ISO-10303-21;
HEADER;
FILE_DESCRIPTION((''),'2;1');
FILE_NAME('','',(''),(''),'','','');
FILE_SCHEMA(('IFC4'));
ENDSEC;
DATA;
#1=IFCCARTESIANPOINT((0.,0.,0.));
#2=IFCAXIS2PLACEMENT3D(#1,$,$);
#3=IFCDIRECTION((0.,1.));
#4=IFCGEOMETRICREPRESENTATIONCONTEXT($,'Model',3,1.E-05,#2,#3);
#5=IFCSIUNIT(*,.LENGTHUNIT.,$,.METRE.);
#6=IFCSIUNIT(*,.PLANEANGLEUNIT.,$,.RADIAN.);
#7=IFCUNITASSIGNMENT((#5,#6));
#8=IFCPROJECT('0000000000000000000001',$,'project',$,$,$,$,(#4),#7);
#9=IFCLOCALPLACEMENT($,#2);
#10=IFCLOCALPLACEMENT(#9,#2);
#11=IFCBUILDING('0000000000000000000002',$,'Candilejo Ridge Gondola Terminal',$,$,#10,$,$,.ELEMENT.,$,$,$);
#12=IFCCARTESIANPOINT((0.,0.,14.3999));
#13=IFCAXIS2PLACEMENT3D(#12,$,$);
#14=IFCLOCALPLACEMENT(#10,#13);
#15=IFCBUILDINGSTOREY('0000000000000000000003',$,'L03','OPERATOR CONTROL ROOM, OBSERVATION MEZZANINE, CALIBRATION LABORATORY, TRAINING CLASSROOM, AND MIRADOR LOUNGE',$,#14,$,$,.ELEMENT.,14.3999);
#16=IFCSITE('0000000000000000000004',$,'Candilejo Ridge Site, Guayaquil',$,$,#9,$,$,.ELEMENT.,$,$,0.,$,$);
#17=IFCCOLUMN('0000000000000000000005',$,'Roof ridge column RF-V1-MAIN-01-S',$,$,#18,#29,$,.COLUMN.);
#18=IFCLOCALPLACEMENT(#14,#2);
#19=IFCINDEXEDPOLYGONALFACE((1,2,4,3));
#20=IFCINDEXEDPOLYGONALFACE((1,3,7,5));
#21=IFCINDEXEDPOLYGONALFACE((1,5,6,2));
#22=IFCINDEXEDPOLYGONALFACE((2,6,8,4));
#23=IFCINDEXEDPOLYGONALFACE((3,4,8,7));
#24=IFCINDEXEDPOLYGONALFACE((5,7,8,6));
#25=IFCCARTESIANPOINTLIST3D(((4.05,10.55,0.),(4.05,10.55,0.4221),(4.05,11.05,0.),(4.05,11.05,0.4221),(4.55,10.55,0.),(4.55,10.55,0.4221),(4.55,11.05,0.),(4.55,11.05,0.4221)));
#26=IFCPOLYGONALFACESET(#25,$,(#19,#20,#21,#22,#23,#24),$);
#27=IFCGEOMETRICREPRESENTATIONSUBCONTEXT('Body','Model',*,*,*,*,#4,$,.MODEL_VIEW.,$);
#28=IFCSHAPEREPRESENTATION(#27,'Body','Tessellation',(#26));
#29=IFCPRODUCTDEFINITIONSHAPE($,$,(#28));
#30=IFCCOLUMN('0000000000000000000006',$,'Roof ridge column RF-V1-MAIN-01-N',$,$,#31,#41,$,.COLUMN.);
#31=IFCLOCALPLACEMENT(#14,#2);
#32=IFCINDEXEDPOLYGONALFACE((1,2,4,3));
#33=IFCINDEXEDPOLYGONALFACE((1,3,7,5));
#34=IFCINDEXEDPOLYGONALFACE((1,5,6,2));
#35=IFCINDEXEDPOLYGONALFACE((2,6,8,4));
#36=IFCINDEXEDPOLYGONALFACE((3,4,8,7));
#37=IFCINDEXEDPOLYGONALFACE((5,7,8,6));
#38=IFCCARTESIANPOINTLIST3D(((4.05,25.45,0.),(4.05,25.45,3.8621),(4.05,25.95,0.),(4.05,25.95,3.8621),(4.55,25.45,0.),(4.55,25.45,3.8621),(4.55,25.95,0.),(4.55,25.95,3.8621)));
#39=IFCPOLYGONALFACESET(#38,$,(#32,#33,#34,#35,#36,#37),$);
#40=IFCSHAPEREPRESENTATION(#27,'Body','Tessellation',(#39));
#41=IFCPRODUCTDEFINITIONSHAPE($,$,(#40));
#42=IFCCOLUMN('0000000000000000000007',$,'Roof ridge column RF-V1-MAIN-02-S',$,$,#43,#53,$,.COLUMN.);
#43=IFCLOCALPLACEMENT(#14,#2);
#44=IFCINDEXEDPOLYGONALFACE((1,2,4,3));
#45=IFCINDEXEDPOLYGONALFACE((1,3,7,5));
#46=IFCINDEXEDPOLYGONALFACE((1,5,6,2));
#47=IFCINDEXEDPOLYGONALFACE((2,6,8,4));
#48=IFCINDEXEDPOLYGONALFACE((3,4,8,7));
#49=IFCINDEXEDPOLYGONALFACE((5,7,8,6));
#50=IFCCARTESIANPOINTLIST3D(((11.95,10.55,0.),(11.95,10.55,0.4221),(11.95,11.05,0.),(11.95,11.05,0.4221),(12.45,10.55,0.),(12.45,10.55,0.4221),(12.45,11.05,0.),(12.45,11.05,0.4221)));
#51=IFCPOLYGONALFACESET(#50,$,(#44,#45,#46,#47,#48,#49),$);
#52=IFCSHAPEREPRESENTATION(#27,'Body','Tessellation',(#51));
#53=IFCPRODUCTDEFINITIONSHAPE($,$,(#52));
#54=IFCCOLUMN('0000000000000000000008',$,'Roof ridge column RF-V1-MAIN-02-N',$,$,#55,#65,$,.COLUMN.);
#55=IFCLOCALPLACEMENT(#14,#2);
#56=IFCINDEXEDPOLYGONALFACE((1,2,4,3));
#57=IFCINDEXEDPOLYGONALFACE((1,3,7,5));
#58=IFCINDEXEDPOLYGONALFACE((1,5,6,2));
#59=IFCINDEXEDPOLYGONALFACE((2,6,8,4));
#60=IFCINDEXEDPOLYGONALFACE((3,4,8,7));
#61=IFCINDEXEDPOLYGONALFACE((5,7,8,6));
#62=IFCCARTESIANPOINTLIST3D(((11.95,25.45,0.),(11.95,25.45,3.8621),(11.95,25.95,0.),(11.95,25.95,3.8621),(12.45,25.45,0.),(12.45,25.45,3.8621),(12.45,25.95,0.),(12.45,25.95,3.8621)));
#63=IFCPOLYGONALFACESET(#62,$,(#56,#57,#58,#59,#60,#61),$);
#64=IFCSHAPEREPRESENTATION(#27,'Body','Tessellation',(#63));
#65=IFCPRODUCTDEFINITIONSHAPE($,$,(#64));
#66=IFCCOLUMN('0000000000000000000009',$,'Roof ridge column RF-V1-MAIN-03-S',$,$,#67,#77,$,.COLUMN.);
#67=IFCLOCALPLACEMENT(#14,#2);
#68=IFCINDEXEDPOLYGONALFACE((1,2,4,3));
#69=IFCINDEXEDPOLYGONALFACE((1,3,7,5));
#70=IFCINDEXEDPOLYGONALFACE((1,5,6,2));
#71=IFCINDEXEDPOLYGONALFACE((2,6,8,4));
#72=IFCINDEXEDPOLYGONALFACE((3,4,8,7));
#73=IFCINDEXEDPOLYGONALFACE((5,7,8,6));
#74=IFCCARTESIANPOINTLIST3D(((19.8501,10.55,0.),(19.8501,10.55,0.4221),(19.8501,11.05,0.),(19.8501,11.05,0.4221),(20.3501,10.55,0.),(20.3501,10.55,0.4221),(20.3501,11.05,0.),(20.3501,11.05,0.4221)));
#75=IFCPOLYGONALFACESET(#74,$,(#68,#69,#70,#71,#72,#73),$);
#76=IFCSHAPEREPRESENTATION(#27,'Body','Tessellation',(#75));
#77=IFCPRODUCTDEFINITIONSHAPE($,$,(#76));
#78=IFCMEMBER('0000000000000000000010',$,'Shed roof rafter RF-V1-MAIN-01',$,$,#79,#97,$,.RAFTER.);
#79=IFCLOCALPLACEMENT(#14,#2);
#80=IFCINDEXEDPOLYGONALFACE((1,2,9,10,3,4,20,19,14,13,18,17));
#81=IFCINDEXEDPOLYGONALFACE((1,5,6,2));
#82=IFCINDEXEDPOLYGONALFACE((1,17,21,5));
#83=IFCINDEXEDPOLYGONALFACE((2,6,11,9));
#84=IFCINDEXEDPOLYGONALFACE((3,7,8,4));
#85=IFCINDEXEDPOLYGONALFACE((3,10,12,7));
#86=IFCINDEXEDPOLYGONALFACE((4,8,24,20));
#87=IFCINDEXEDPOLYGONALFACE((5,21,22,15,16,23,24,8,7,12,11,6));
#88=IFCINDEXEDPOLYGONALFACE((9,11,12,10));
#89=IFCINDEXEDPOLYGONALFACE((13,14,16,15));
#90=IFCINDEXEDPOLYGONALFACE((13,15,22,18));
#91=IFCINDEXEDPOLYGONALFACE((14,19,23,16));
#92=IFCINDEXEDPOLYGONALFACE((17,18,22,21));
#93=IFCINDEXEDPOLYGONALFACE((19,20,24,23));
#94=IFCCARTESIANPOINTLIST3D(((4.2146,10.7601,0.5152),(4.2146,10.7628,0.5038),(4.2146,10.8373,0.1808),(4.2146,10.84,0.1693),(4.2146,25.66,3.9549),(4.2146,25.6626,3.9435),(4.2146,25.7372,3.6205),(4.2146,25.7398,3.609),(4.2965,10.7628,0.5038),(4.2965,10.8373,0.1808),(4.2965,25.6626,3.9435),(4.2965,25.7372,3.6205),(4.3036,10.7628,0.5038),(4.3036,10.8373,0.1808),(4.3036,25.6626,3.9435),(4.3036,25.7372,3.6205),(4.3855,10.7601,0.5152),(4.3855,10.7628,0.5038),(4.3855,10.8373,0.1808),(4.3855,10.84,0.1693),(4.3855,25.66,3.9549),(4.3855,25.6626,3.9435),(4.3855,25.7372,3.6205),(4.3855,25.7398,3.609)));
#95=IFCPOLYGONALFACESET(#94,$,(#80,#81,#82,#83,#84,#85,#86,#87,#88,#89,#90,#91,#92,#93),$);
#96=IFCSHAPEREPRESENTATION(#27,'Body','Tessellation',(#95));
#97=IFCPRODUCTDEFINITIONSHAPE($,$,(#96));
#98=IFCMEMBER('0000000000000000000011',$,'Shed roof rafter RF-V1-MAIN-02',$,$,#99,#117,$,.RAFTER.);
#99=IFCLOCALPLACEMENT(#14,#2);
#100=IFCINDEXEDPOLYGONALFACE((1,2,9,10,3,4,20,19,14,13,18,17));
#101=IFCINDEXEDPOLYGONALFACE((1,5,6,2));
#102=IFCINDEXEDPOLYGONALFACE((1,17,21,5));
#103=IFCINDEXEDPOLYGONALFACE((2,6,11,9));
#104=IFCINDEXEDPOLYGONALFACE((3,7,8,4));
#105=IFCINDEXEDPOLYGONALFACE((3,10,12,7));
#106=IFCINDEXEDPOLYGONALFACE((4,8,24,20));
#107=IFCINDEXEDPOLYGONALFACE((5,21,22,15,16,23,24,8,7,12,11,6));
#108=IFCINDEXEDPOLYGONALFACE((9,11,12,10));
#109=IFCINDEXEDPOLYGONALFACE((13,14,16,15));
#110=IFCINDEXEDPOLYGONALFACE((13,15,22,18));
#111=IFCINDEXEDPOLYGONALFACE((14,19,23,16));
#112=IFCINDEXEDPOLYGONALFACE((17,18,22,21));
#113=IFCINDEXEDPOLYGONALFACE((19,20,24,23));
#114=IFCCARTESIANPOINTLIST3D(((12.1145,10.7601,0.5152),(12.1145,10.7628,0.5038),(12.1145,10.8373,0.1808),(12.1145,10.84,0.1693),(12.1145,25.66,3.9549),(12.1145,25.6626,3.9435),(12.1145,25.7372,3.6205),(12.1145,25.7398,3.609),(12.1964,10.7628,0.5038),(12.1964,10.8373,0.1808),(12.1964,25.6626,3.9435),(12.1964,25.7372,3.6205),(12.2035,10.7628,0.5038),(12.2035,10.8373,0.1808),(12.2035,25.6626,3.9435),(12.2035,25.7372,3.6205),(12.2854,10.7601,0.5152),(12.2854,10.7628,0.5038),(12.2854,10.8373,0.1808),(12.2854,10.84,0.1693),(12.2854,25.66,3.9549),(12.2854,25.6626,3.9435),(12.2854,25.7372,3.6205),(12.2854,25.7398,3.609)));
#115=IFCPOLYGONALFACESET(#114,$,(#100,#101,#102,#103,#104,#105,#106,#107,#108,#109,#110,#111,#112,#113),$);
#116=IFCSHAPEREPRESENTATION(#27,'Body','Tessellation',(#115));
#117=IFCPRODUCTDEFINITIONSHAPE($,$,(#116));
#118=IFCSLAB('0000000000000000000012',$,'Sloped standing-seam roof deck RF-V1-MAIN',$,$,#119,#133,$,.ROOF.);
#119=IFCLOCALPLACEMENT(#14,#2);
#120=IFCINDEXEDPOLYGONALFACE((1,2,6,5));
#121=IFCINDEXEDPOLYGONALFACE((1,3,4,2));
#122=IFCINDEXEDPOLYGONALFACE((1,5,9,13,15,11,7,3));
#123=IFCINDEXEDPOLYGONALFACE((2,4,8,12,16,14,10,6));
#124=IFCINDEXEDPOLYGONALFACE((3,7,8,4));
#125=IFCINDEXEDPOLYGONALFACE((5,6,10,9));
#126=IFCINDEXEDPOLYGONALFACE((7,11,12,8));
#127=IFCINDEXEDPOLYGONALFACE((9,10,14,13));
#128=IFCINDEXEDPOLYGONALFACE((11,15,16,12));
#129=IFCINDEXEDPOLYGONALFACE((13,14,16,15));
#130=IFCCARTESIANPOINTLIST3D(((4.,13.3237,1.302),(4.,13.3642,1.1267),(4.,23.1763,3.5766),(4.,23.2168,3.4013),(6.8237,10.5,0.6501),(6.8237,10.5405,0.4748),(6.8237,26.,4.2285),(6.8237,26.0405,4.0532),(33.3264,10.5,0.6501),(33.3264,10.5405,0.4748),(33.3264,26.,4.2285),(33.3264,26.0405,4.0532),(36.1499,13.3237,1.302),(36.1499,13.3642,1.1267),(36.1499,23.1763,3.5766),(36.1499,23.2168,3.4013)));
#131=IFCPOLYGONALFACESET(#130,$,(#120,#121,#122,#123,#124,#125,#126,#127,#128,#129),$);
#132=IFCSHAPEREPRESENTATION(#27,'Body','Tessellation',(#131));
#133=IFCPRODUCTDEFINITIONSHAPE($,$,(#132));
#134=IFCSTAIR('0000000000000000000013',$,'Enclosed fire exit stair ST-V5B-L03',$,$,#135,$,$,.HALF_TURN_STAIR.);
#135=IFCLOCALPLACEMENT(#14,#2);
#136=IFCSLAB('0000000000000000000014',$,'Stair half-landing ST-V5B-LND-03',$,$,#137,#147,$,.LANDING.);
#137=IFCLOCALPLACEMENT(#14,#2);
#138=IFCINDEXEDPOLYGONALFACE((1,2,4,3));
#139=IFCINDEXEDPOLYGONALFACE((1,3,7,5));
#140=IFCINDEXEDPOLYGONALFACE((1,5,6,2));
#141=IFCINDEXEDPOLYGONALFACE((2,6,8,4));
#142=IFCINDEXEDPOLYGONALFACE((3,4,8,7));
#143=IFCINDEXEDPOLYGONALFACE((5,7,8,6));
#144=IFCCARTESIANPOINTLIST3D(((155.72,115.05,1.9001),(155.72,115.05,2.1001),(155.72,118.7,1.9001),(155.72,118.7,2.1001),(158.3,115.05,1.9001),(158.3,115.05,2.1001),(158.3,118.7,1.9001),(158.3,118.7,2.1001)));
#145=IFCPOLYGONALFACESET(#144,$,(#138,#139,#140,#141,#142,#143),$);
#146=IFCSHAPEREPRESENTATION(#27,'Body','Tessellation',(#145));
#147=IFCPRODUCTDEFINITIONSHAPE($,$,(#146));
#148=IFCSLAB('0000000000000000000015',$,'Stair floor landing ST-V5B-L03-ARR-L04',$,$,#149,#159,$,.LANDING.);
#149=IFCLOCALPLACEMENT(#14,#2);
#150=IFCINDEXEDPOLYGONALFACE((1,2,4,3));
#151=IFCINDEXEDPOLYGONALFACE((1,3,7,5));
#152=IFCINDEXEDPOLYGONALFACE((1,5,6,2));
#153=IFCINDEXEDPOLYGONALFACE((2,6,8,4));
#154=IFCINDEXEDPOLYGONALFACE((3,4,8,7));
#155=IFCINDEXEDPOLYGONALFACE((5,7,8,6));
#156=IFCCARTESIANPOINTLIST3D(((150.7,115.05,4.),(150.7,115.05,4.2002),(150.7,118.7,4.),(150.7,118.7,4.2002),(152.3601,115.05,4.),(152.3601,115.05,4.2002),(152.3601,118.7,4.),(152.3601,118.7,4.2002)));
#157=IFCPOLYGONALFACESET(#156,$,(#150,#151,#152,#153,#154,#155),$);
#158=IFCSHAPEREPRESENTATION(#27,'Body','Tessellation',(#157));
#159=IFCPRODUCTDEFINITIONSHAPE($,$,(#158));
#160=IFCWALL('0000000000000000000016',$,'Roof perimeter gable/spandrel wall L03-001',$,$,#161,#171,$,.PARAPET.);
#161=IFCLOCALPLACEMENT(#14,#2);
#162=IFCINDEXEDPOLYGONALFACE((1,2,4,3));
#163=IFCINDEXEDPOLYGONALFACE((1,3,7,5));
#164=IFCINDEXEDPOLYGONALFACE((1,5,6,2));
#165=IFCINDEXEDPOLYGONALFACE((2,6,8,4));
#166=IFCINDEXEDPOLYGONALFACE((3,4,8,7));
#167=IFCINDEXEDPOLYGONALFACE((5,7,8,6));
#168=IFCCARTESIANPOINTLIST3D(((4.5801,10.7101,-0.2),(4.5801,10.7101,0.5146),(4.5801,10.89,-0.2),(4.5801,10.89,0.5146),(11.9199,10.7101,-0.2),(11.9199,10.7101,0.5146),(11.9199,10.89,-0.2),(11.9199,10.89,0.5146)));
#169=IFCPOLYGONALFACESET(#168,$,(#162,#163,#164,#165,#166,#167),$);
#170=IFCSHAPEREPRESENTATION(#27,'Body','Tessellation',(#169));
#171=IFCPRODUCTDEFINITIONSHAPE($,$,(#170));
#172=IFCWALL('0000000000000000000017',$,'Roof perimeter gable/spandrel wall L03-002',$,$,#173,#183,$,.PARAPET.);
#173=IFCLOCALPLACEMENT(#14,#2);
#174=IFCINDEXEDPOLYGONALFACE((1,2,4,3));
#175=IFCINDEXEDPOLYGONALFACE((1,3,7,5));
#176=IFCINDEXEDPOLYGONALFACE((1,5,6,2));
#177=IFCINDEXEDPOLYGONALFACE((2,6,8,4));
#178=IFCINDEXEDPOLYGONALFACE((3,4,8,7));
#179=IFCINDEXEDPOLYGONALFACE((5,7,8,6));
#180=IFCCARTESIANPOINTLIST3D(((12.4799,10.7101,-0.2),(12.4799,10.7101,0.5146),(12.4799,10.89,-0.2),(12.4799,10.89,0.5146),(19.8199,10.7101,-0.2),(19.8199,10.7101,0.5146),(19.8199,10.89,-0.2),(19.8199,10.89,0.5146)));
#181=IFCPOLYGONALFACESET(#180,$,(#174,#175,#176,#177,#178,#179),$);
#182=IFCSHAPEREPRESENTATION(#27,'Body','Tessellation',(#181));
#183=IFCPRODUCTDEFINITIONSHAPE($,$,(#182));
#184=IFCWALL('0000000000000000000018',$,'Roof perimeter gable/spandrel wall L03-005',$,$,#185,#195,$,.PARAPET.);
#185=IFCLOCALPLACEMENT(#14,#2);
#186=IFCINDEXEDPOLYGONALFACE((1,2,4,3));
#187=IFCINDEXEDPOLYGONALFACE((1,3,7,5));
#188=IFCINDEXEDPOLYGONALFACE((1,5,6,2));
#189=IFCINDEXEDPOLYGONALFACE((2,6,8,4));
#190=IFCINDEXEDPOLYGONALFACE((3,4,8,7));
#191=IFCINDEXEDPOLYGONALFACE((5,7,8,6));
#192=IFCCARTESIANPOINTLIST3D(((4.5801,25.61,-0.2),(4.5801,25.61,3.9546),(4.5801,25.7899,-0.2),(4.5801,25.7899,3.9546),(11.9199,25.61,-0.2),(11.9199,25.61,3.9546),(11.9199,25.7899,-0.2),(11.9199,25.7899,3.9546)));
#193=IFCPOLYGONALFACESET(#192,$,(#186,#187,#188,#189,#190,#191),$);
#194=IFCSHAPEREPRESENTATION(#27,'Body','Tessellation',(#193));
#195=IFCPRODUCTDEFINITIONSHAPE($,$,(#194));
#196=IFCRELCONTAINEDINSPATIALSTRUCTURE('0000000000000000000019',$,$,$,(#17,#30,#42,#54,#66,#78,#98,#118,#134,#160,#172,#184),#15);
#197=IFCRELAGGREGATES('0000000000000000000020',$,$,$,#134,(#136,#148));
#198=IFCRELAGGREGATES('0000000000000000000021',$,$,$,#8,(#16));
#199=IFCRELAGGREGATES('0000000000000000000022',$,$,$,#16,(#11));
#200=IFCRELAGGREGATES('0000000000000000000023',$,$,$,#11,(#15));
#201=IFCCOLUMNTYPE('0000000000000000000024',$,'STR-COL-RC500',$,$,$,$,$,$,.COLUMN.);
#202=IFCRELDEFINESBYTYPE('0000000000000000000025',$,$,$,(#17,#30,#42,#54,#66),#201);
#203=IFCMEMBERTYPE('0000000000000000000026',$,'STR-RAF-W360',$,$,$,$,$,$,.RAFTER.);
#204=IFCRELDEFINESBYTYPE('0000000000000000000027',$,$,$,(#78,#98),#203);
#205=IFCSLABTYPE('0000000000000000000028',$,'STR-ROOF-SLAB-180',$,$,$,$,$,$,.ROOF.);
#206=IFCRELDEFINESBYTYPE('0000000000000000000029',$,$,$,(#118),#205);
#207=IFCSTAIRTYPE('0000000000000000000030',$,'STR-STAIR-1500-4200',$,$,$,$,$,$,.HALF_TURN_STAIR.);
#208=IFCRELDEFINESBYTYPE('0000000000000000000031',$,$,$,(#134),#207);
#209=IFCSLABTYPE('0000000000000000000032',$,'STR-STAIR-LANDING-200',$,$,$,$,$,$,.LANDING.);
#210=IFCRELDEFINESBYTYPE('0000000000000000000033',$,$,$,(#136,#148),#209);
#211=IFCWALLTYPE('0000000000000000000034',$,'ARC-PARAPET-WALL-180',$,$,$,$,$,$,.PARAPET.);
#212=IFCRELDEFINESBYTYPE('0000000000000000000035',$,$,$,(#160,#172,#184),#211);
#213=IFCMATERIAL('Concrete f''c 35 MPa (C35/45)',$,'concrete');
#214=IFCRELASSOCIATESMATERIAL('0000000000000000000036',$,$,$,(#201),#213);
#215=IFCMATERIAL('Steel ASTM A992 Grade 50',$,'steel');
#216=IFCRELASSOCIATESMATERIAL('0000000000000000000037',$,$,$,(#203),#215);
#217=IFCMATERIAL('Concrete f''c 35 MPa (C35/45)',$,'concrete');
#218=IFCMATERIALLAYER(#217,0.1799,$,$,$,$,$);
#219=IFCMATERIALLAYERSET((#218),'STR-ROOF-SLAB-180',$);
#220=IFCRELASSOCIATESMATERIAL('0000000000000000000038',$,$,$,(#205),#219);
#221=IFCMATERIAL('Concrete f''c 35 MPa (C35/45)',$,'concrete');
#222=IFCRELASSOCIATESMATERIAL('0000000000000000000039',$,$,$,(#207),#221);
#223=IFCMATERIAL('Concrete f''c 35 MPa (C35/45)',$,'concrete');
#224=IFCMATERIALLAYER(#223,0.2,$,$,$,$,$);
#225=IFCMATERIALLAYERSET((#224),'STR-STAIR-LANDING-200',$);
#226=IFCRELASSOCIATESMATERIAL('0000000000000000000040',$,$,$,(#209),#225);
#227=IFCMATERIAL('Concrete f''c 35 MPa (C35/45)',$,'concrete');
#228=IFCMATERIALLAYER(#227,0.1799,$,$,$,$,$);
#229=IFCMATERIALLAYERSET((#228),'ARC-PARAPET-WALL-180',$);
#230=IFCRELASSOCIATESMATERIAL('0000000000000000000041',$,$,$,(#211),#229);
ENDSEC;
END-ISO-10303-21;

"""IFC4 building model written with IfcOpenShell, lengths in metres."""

from ifc_helpers import new_model, si_unit, direction, frame, frame_2d, origin, origin_2d, place, context, subcontext, project, spatial, polyline, rectangle, i_section, outline, extrude, material, layer, layer_set, material_profile, profile_set, type_object, element, aggregate, save


model = new_model("IFC4")

# Units and contexts
model_context = context("Model", 3, precision=1e-05, world=origin(), true_north=direction((0.0, 1.0)))
body_context = subcontext(model_context, "Body", "Model", "MODEL_VIEW")
ifc_project = project(units=[si_unit("LENGTHUNIT", "METRE"), si_unit("PLANEANGLEUNIT", "RADIAN")], contexts=[model_context])

# Site, building, storey
site_placement = place(None, origin())
site = spatial("IfcSite", under=ifc_project, at=site_placement, Name="Candilejo Ridge Site, Guayaquil", CompositionType="ELEMENT", RefElevation=0.0)
building_placement = place(site_placement, origin())
building = spatial("IfcBuilding", under=site, at=building_placement, Name="Candilejo Ridge Gondola Terminal", CompositionType="ELEMENT")
storey_placement = place(building_placement, frame((0.0, 0.0, 14.3999)))
storey = spatial("IfcBuildingStorey", under=building, at=storey_placement, Name="L03", Description="OPERATOR CONTROL ROOM, OBSERVATION MEZZANINE, CALIBRATION LABORATORY, TRAINING CLASSROOM, AND MIRADOR LOUNGE", CompositionType="ELEMENT", Elevation=14.3999)

# Columns
ifc_material_1 = material(Name="Concrete f'c 35 MPa (C35/45)", Category="concrete")
ifc_material_profile_1 = material_profile(ifc_material_1, rectangle(XDim=0.5, YDim=0.5, at=origin_2d()))
ifc_profile_set_1 = profile_set([ifc_material_profile_1], Name="Concrete f'c 35 MPa (C35/45)")
column_type = type_object("IfcColumnType", Name="STR-COL-RC500", PredefinedType="COLUMN", material=ifc_profile_set_1)
column_1_placement = place(storey_placement, frame((4.3, 10.8, 0.0), z_axis=(0.0, 0.0, 1.0), x_axis=(1.0, 0.0, 0.0)))
element("IfcColumn", 1, at=column_1_placement, inside=storey, type_object=column_type, Name="Roof ridge column RF-V1-MAIN-01-S", PredefinedType="COLUMN", context=body_context, shape_type="SweptSolid", body=[
    extrude(rectangle(XDim=0.5, YDim=0.5, at=origin_2d()), origin(), (0.0, 0.0, 1.0), 0.4221),
])
column_2_placement = place(storey_placement, frame((4.3, 25.7, 0.0), z_axis=(0.0, 0.0, 1.0), x_axis=(1.0, 0.0, 0.0)))
element("IfcColumn", 2, at=column_2_placement, inside=storey, type_object=column_type, Name="Roof ridge column RF-V1-MAIN-01-N", PredefinedType="COLUMN", context=body_context, shape_type="SweptSolid", body=[
    extrude(rectangle(XDim=0.5, YDim=0.5, at=origin_2d()), origin(), (0.0, 0.0, 1.0), 3.8621),
])
column_3_placement = place(storey_placement, frame((12.2, 10.8, 0.0), z_axis=(0.0, 0.0, 1.0), x_axis=(1.0, 0.0, 0.0)))
element("IfcColumn", 3, at=column_3_placement, inside=storey, type_object=column_type, Name="Roof ridge column RF-V1-MAIN-02-S", PredefinedType="COLUMN", context=body_context, shape_type="SweptSolid", body=[
    extrude(rectangle(XDim=0.5, YDim=0.5, at=origin_2d()), origin(), (0.0, 0.0, 1.0), 0.4221),
])
column_4_placement = place(storey_placement, frame((12.2, 25.7, 0.0), z_axis=(0.0, 0.0, 1.0), x_axis=(1.0, 0.0, 0.0)))
element("IfcColumn", 4, at=column_4_placement, inside=storey, type_object=column_type, Name="Roof ridge column RF-V1-MAIN-02-N", PredefinedType="COLUMN", context=body_context, shape_type="SweptSolid", body=[
    extrude(rectangle(XDim=0.5, YDim=0.5, at=origin_2d()), origin(), (0.0, 0.0, 1.0), 3.8621),
])
column_5_placement = place(storey_placement, frame((20.1001, 10.8, 0.0), z_axis=(0.0, 0.0, 1.0), x_axis=(1.0, 0.0, 0.0)))
element("IfcColumn", 5, at=column_5_placement, inside=storey, type_object=column_type, Name="Roof ridge column RF-V1-MAIN-03-S", PredefinedType="COLUMN", context=body_context, shape_type="SweptSolid", body=[
    extrude(rectangle(XDim=0.5, YDim=0.5, at=origin_2d()), origin(), (0.0, 0.0, 1.0), 0.4221),
])

# Members
ifc_material_2 = material(Name="Steel ASTM A992 Grade 50", Category="steel")
ifc_material_profile_2 = material_profile(ifc_material_2, i_section(OverallWidth=0.1709, OverallDepth=0.355, WebThickness=0.0071, FlangeThickness=0.0117, at=origin_2d()))
ifc_profile_set_2 = profile_set([ifc_material_profile_2], Name="Steel ASTM A992 Grade 50")
member_type = type_object("IfcMemberType", Name="STR-RAF-W360", PredefinedType="RAFTER", material=ifc_profile_set_2)
for number, where, z_axis, x_axis, name in (
    (6, (4.3, 10.8, 0.3423), (0.0, 0.974373, 0.224938), (-1.0, 0.0, 0.0), "Shed roof rafter RF-V1-MAIN-01"),
    (7, (12.2, 10.8, 0.3423), (0.0, 0.974373, 0.224938), (-1.0, 0.0, 0.0), "Shed roof rafter RF-V1-MAIN-02"),
):
    element("IfcMember", number, at=place(storey_placement, frame(where, z_axis=z_axis, x_axis=x_axis)), inside=storey, type_object=member_type, Name=name, PredefinedType="RAFTER", context=body_context, shape_type="SweptSolid", body=[
        extrude(i_section(OverallWidth=0.1709, OverallDepth=0.355, WebThickness=0.0071, FlangeThickness=0.0117, at=origin_2d()), origin(), (0.0, 0.0, 1.0), 15.2917),
    ])

# Slab
ifc_material_3 = material(Name="Concrete f'c 35 MPa (C35/45)", Category="concrete")
ifc_layer_1 = layer(ifc_material_3, 0.1799)
ifc_layer_set_1 = layer_set([ifc_layer_1], Name="STR-ROOF-SLAB-180")
slab_type_1 = type_object("IfcSlabType", Name="STR-ROOF-SLAB-180", PredefinedType="ROOF", material=ifc_layer_set_1)
slab_1_placement = place(storey_placement, frame((6.8237, 10.5, 0.6501), z_axis=(0.0, -0.224946, 0.974371), x_axis=(1.0, 0.0, 0.0)))
element("IfcSlab", 8, at=slab_1_placement, inside=storey, type_object=slab_type_1, Name="Sloped standing-seam roof deck RF-V1-MAIN", PredefinedType="ROOF", context=body_context, shape_type="SweptSolid", body=[
    extrude(outline(polyline([(0.0, 0.0), (26.5027, 0.0), (29.3262, 2.898), (29.3262, 13.0097), (26.5027, 15.9077), (0.0, 15.9077), (-2.8237, 13.0097), (-2.8237, 2.898), (0.0, 0.0)])), origin(), (0.0, 0.0, -1.0), 0.1799),
])

# Stair, slabs
ifc_material_4 = material(Name="Concrete f'c 35 MPa (C35/45)", Category="concrete")
stair_type = type_object("IfcStairType", Name="STR-STAIR-1500-4200", PredefinedType="HALF_TURN_STAIR", material=ifc_material_4)
stair_placement = place(storey_placement, origin())
stair = element("IfcStair", 9, at=stair_placement, inside=storey, type_object=stair_type, Name="Enclosed fire exit stair ST-V5B-L03", PredefinedType="HALF_TURN_STAIR")
ifc_material_5 = material(Name="Concrete f'c 35 MPa (C35/45)", Category="concrete")
ifc_layer_2 = layer(ifc_material_5, 0.2)
ifc_layer_set_2 = layer_set([ifc_layer_2], Name="STR-STAIR-LANDING-200")
slab_type_2 = type_object("IfcSlabType", Name="STR-STAIR-LANDING-200", PredefinedType="LANDING", material=ifc_layer_set_2)
slab_2_placement = place(storey_placement, frame((0.0, 0.0, 1.9001)))
slab_2 = element("IfcSlab", 10, at=slab_2_placement, type_object=slab_type_2, Name="Stair half-landing ST-V5B-LND-03", PredefinedType="LANDING", context=body_context, shape_type="SweptSolid", body=[
    extrude(outline(polyline([(155.72, 115.05), (158.3, 115.05), (158.3, 118.7), (155.72, 118.7), (155.72, 115.05)])), origin(), (0.0, 0.0, 1.0), 0.2),
])
slab_3_placement = place(storey_placement, frame((0.0, 0.0, 4.0)))
slab_3 = element("IfcSlab", 11, at=slab_3_placement, type_object=slab_type_2, Name="Stair floor landing ST-V5B-L03-ARR-L04", PredefinedType="LANDING", context=body_context, shape_type="SweptSolid", body=[
    extrude(outline(polyline([(150.7, 115.05), (152.3601, 115.05), (152.3601, 118.7), (150.7, 118.7), (150.7, 115.05)])), origin(), (0.0, 0.0, 1.0), 0.2002),
])
aggregate(stair, [slab_2, slab_3])

# Walls
ifc_material_6 = material(Name="Concrete f'c 35 MPa (C35/45)", Category="concrete")
ifc_layer_3 = layer(ifc_material_6, 0.1799)
ifc_layer_set_3 = layer_set([ifc_layer_3], Name="ARC-PARAPET-WALL-180")
wall_type = type_object("IfcWallType", Name="ARC-PARAPET-WALL-180", PredefinedType="PARAPET", material=ifc_layer_set_3)
wall_1_placement = place(storey_placement, frame((4.5801, 10.8, -0.2), z_axis=(0.0, 0.0, 1.0), x_axis=(1.0, 0.0, 0.0)))
element("IfcWall", 12, at=wall_1_placement, inside=storey, type_object=wall_type, Name="Roof perimeter gable/spandrel wall L03-001", PredefinedType="PARAPET", context=body_context, shape_type="SweptSolid", body=[
    extrude(rectangle(XDim=7.3398, YDim=0.1799, at=frame_2d((3.6699, 0.0))), origin(), (0.0, 0.0, 1.0), 0.7146),
])
wall_2_placement = place(storey_placement, frame((12.48, 10.8, -0.2), z_axis=(0.0, 0.0, 1.0), x_axis=(1.0, 0.0, 0.0)))
element("IfcWall", 13, at=wall_2_placement, inside=storey, type_object=wall_type, Name="Roof perimeter gable/spandrel wall L03-002", PredefinedType="PARAPET", context=body_context, shape_type="SweptSolid", body=[
    extrude(rectangle(XDim=7.3401, YDim=0.1799, at=frame_2d((3.6699, 0.0))), origin(), (0.0, 0.0, 1.0), 0.7146),
])
wall_3_placement = place(storey_placement, frame((4.5801, 25.7, -0.2), z_axis=(0.0, 0.0, 1.0), x_axis=(1.0, 0.0, 0.0)))
element("IfcWall", 14, at=wall_3_placement, inside=storey, type_object=wall_type, Name="Roof perimeter gable/spandrel wall L03-005", PredefinedType="PARAPET", context=body_context, shape_type="SweptSolid", body=[
    extrude(rectangle(XDim=7.3398, YDim=0.1799, at=frame_2d((3.6699, 0.0))), origin(), (0.0, 0.0, 1.0), 4.1545),
])

save(model, "model.ifc")
